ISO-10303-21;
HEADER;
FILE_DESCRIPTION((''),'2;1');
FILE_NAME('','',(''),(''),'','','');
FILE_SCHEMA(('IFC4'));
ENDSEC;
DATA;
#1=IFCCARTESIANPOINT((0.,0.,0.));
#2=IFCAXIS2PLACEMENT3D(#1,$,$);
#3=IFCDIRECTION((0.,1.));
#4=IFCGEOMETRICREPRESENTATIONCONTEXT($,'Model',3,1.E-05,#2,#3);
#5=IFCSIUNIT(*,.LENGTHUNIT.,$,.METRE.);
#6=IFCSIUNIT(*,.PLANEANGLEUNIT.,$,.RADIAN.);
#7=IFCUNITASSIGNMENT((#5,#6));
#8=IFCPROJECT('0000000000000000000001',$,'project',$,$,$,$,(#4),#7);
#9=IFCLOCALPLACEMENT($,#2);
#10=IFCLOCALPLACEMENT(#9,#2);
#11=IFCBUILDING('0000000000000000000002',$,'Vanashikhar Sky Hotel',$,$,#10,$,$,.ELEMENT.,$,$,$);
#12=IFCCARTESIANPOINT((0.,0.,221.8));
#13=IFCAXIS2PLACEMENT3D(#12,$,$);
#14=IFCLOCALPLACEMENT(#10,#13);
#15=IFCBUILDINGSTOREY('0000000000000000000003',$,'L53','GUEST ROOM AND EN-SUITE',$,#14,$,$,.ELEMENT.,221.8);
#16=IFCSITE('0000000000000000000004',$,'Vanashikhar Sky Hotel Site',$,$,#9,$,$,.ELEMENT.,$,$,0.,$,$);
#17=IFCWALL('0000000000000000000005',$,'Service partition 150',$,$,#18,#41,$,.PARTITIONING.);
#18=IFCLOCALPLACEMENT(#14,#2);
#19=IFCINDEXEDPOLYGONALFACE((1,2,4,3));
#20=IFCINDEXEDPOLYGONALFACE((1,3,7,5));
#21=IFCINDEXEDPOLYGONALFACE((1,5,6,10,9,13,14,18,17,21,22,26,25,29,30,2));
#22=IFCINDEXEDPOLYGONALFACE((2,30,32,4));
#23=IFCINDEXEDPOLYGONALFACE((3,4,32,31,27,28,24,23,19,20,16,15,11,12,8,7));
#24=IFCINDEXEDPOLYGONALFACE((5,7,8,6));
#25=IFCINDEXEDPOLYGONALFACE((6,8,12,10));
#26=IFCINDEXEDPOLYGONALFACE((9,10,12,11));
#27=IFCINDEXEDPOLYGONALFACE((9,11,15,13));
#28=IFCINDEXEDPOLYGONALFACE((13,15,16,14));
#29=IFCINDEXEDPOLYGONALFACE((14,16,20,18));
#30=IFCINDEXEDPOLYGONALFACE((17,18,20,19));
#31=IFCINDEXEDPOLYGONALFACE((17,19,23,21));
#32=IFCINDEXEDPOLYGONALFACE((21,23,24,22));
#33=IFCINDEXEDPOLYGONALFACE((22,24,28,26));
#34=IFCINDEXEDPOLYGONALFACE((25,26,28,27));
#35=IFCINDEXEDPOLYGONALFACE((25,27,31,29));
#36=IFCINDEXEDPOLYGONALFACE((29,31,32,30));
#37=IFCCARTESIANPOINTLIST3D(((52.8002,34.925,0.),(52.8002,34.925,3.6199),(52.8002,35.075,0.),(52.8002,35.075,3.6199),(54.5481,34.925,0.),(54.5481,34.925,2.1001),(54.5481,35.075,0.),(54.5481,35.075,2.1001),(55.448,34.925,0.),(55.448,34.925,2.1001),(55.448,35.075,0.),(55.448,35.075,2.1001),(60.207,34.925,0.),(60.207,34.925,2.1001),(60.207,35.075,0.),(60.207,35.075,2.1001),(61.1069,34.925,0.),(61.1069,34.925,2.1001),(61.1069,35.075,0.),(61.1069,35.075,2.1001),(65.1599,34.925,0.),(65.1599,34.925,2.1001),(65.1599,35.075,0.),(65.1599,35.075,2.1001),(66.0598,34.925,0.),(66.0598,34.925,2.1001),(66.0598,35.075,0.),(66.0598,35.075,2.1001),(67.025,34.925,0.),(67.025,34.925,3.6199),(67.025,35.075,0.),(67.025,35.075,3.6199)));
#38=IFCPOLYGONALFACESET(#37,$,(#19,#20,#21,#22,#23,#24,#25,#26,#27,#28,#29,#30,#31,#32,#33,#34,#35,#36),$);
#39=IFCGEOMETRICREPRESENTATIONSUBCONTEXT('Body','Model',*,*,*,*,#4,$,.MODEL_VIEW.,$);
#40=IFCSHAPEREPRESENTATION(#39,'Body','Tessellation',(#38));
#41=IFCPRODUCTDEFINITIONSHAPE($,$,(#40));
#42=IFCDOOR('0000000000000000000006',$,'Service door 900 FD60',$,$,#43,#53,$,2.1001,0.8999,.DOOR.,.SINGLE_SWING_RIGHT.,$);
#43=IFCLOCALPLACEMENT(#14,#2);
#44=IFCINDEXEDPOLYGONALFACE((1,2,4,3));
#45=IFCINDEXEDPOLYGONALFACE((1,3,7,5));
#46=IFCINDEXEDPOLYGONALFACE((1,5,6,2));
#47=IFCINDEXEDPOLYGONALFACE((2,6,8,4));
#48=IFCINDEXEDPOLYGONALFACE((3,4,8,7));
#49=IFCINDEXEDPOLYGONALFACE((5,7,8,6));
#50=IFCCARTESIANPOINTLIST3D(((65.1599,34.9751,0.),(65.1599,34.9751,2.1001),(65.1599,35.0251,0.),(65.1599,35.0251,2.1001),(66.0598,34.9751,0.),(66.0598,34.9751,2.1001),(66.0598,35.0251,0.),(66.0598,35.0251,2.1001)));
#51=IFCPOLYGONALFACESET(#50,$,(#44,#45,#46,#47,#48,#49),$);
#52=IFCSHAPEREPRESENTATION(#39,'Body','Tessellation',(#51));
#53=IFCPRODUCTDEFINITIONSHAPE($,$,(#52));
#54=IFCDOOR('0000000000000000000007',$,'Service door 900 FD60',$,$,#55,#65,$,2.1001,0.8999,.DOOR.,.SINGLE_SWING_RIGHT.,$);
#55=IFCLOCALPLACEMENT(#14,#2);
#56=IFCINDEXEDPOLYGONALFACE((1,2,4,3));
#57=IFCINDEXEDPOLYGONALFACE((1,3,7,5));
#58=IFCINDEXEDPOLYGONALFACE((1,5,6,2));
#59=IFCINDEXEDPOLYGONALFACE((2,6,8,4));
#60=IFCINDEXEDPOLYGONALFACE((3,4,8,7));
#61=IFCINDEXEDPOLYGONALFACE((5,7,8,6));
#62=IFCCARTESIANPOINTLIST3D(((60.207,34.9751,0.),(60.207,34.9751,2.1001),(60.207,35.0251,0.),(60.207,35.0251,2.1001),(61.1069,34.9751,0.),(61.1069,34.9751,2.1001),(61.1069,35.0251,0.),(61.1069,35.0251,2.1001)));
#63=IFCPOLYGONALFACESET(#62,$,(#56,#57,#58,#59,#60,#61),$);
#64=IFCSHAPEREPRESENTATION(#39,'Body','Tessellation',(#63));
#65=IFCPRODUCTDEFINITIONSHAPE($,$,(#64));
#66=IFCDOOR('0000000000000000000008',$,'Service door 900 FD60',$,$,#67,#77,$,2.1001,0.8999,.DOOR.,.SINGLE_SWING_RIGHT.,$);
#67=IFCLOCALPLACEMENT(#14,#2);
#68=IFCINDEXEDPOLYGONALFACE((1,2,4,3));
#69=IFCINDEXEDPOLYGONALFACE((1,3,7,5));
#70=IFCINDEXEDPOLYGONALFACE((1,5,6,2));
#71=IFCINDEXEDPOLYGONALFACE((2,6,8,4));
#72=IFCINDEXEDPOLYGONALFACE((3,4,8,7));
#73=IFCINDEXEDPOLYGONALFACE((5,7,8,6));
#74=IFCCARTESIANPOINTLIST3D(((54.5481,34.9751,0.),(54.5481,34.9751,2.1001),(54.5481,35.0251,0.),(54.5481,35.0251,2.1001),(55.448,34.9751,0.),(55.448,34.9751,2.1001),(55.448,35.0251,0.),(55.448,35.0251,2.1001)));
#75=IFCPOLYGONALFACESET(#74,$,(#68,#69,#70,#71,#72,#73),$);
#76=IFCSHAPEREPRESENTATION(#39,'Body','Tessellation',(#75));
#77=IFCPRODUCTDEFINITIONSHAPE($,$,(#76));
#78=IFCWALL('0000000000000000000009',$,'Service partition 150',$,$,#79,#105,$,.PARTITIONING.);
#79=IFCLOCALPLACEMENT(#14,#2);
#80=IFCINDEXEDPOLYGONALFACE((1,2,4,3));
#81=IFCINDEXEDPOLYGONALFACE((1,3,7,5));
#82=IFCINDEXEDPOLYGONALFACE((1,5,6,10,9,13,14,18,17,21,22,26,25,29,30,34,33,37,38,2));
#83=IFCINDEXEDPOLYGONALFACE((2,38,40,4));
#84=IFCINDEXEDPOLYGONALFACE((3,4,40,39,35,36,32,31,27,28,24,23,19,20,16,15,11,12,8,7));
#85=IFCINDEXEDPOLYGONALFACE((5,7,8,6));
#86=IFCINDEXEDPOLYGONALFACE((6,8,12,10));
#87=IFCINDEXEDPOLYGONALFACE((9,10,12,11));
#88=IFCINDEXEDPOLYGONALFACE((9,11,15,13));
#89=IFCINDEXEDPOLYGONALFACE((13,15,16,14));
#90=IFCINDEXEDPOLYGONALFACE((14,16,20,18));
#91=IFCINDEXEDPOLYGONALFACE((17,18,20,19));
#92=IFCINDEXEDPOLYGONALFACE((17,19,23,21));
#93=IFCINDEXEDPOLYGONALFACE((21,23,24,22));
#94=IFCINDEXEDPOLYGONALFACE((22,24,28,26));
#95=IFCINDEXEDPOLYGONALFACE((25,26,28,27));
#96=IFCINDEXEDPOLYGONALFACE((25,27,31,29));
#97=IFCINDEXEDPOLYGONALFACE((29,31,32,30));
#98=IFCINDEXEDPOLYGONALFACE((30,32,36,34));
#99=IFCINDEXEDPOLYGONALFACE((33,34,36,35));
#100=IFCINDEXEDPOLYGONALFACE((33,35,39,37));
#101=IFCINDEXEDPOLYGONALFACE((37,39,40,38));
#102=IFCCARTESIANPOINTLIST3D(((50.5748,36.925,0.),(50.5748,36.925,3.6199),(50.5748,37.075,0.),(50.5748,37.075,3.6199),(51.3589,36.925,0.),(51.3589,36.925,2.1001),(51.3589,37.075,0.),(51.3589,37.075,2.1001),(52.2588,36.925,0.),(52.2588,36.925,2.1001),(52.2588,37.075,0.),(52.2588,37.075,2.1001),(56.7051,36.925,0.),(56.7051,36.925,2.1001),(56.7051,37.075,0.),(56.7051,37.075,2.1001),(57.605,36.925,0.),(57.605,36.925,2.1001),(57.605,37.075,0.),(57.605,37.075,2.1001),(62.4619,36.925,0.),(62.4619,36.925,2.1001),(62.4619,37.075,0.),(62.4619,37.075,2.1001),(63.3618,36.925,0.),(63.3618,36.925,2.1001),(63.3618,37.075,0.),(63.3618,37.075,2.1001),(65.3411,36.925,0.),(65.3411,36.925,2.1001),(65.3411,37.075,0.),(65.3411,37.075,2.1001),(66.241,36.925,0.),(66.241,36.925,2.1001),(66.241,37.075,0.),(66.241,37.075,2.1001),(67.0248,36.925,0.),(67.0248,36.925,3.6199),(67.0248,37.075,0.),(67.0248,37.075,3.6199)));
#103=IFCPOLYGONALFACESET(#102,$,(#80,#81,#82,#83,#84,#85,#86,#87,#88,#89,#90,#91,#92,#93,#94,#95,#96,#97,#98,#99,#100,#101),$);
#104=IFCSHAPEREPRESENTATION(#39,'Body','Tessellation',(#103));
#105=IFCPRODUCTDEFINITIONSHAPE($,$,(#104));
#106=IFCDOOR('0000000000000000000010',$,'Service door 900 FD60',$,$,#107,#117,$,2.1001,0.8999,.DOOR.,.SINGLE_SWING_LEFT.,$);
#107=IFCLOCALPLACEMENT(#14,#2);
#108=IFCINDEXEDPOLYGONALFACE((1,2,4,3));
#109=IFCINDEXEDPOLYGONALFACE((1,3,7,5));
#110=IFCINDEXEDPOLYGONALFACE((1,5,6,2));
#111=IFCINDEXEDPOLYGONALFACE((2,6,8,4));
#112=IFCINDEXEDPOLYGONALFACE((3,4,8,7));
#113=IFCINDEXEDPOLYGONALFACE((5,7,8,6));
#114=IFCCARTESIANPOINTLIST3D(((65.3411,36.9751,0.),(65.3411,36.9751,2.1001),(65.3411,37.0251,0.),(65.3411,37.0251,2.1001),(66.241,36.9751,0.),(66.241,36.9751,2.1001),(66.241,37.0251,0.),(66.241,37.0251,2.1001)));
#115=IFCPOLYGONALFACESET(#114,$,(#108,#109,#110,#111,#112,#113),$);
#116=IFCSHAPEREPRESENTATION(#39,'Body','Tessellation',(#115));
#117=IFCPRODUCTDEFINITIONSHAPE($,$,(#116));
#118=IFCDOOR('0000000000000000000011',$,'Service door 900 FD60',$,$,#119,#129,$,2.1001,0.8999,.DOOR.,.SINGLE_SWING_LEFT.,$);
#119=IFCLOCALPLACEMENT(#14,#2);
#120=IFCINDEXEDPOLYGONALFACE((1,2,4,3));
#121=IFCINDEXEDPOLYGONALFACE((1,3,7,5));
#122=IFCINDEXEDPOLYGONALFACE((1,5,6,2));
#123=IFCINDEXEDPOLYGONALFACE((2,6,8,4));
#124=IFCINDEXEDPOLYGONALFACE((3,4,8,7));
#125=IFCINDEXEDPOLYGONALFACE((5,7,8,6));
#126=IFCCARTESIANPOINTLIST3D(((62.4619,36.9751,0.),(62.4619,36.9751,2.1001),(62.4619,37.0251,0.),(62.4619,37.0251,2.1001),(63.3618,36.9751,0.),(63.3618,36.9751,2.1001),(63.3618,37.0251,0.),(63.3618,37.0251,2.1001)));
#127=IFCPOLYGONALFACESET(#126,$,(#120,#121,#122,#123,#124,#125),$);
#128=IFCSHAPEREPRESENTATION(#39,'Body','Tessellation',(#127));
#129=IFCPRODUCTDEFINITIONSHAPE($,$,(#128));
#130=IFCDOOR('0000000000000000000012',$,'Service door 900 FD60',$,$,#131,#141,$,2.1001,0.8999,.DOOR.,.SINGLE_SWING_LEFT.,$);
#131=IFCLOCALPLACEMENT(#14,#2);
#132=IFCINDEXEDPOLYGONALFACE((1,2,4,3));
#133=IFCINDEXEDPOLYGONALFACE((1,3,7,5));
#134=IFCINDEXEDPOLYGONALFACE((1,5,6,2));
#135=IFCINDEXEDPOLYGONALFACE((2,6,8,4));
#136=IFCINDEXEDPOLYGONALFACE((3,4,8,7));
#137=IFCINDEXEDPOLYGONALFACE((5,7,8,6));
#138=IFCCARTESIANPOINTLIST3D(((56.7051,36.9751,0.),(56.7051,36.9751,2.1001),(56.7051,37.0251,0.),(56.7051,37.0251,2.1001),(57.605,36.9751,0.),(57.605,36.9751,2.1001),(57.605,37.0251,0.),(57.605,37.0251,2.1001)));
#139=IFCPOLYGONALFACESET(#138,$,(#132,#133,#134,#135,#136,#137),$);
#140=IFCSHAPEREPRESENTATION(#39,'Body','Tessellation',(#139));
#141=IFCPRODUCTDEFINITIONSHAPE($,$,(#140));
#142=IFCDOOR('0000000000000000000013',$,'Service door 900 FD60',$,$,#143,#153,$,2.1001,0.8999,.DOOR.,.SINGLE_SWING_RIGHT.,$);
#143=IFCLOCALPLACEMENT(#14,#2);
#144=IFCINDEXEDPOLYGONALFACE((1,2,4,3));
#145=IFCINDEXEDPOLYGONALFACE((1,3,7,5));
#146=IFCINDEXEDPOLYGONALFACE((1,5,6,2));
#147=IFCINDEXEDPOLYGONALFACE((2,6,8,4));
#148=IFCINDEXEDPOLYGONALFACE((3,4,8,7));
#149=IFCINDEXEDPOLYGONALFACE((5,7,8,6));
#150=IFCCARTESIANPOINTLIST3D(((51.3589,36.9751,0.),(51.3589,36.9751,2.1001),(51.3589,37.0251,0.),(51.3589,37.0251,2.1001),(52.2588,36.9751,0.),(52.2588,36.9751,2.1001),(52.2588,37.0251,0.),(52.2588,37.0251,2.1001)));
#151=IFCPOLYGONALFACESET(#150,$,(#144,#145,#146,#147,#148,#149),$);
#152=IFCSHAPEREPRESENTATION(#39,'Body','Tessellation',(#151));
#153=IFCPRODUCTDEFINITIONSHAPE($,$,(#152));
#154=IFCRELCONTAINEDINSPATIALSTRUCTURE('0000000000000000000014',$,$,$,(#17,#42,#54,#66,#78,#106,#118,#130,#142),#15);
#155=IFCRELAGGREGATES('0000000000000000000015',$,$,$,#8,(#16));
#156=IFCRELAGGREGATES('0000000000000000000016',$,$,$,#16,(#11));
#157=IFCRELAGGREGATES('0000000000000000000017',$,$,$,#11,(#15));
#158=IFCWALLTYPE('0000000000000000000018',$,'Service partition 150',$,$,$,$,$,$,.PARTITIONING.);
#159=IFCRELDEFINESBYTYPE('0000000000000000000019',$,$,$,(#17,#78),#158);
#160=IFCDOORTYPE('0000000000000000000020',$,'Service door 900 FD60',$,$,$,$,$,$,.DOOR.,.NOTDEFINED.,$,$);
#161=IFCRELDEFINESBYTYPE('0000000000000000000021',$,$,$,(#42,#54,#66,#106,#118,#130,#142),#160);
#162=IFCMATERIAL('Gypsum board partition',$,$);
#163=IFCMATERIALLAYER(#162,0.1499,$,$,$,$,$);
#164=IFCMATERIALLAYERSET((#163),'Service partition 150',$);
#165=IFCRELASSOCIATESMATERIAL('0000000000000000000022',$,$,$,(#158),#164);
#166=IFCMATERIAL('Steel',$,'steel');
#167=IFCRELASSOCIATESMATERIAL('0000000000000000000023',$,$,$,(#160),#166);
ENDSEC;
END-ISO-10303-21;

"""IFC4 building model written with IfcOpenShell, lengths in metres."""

from ifc_helpers import new_model, si_unit, direction, frame, frame_2d, origin, place, context, subcontext, project, spatial, rectangle, extrude, source, transform, mapped, material, layer, layer_set, type_object, element, fill, save


model = new_model("IFC4")

# Units and contexts
model_context = context("Model", 3, precision=1e-05, world=origin(), true_north=direction((0.0, 1.0)))
body_context = subcontext(model_context, "Body", "Model", "MODEL_VIEW")
ifc_project = project(units=[si_unit("LENGTHUNIT", "METRE"), si_unit("PLANEANGLEUNIT", "RADIAN")], contexts=[model_context])

# Site, building, storey
site_placement = place(None, origin())
site = spatial("IfcSite", under=ifc_project, at=site_placement, Name="Vanashikhar Sky Hotel Site", CompositionType="ELEMENT", RefElevation=0.0)
building_placement = place(site_placement, origin())
building = spatial("IfcBuilding", under=site, at=building_placement, Name="Vanashikhar Sky Hotel", CompositionType="ELEMENT")
storey_placement = place(building_placement, frame((0.0, 0.0, 221.8)))
storey = spatial("IfcBuildingStorey", under=building, at=storey_placement, Name="L53", Description="GUEST ROOM AND EN-SUITE", CompositionType="ELEMENT", Elevation=221.8)

# Shared definitions
ifc_material_1 = material(Name="Gypsum board partition")
ifc_layer_1 = layer(ifc_material_1, 0.1499)
ifc_layer_set_1 = layer_set([ifc_layer_1], Name="Service partition 150")
wall_type_1 = type_object("IfcWallType", Name="Service partition 150", PredefinedType="PARTITIONING", material=ifc_layer_set_1)

# Walls, openings, doors
shared_shape_1 = source(origin(), body_context, "Body", "SweptSolid", [
    extrude(rectangle(XDim=14.2249, YDim=0.1499, at=frame_2d((7.1123, 0.0))), origin(), (0.0, 0.0, 1.0), 3.6199),
])
wall_1_placement = place(storey_placement, frame((67.0249, 35.0, 0.0), z_axis=(0.0, 0.0, 1.0), x_axis=(-1.0, 0.0, 0.0)))
wall_1 = element("IfcWall", 1, at=wall_1_placement, inside=storey, type_object=wall_type_1, Name="Service partition 150", PredefinedType="PARTITIONING", context=body_context, shape_type="MappedRepresentation", body=[
    mapped(shared_shape_1, transform((0.0, 0.0, 0.0), scale=1.0)),
])
shared_shape_2 = source(origin(), body_context, "Body", "SweptSolid", [
    extrude(rectangle(XDim=0.8999, YDim=2.1001, at=frame_2d((0.45, 1.05))), frame((0.0, 0.085, 0.0), z_axis=(0.0, -1.0, 0.0), x_axis=(1.0, 0.0, 0.0)), (0.0, 0.0, 1.0), 0.1699),
])
opening_1_placement = place(wall_1_placement, frame((0.9651, 0.0, 0.0)))
opening_1 = element("IfcOpeningElement", 2, at=opening_1_placement, cuts=wall_1, PredefinedType="OPENING", context=body_context, shape_type="MappedRepresentation", body=[
    mapped(shared_shape_2, transform((0.0, 0.0, 0.0), scale=1.0)),
])
opening_2_placement = place(wall_1_placement, frame((5.918, 0.0, 0.0)))
opening_2 = element("IfcOpeningElement", 3, at=opening_2_placement, cuts=wall_1, PredefinedType="OPENING", context=body_context, shape_type="MappedRepresentation", body=[
    mapped(shared_shape_2, transform((0.0, 0.0, 0.0), scale=1.0)),
])
opening_3_placement = place(wall_1_placement, frame((11.5769, 0.0, 0.0)))
opening_3 = element("IfcOpeningElement", 4, at=opening_3_placement, cuts=wall_1, PredefinedType="OPENING", context=body_context, shape_type="MappedRepresentation", body=[
    mapped(shared_shape_2, transform((0.0, 0.0, 0.0), scale=1.0)),
])
ifc_material_2 = material(Name="Steel", Category="steel")
door_type_1 = type_object("IfcDoorType", Name="Service door 900 FD60", OperationType="NOTDEFINED", PredefinedType="DOOR", material=ifc_material_2)
shared_shape_3 = source(origin(), body_context, "Body", "SweptSolid", [
    extrude(rectangle(XDim=0.8999, YDim=2.1001, at=frame_2d((0.45, 1.05))), frame((0.0, 0.0249, 0.0), z_axis=(0.0, -1.0, 0.0), x_axis=(1.0, 0.0, 0.0)), (0.0, 0.0, 1.0), 0.05),
])
door_1_placement = place(opening_1_placement, origin())
door_1 = element("IfcDoor", 5, at=door_1_placement, inside=storey, type_object=door_type_1, Name="Service door 900 FD60", OperationType="SINGLE_SWING_RIGHT", OverallHeight=2.1001, OverallWidth=0.8999, PredefinedType="DOOR", context=body_context, shape_type="MappedRepresentation", body=[
    mapped(shared_shape_3, transform((0.0, 0.0, 0.0), scale=1.0)),
])
fill(opening_1, door_1)
door_2_placement = place(opening_2_placement, origin())
door_2 = element("IfcDoor", 6, at=door_2_placement, inside=storey, type_object=door_type_1, Name="Service door 900 FD60", OperationType="SINGLE_SWING_RIGHT", OverallHeight=2.1001, OverallWidth=0.8999, PredefinedType="DOOR", context=body_context, shape_type="MappedRepresentation", body=[
    mapped(shared_shape_3, transform((0.0, 0.0, 0.0), scale=1.0)),
])
fill(opening_2, door_2)
door_3_placement = place(opening_3_placement, origin())
door_3 = element("IfcDoor", 7, at=door_3_placement, inside=storey, type_object=door_type_1, Name="Service door 900 FD60", OperationType="SINGLE_SWING_RIGHT", OverallHeight=2.1001, OverallWidth=0.8999, PredefinedType="DOOR", context=body_context, shape_type="MappedRepresentation", body=[
    mapped(shared_shape_3, transform((0.0, 0.0, 0.0), scale=1.0)),
])
fill(opening_3, door_3)
shared_shape_4 = source(origin(), body_context, "Body", "SweptSolid", [
    extrude(rectangle(XDim=16.45, YDim=0.1499, at=frame_2d((8.2251, 0.0))), origin(), (0.0, 0.0, 1.0), 3.6199),
])
wall_2_placement = place(storey_placement, frame((67.0249, 37.0, 0.0), z_axis=(0.0, 0.0, 1.0), x_axis=(-1.0, 0.0, 0.0)))
wall_2 = element("IfcWall", 8, at=wall_2_placement, inside=storey, type_object=wall_type_1, Name="Service partition 150", PredefinedType="PARTITIONING", context=body_context, shape_type="MappedRepresentation", body=[
    mapped(shared_shape_4, transform((0.0, 0.0, 0.0), scale=1.0)),
])
opening_4_placement = place(wall_2_placement, frame((0.7839, 0.0, 0.0)))
opening_4 = element("IfcOpeningElement", 9, at=opening_4_placement, cuts=wall_2, PredefinedType="OPENING", context=body_context, shape_type="MappedRepresentation", body=[
    mapped(shared_shape_2, transform((0.0, 0.0, 0.0), scale=1.0)),
])
opening_5_placement = place(wall_2_placement, frame((3.6631, 0.0, 0.0)))
opening_5 = element("IfcOpeningElement", 10, at=opening_5_placement, cuts=wall_2, PredefinedType="OPENING", context=body_context, shape_type="MappedRepresentation", body=[
    mapped(shared_shape_2, transform((0.0, 0.0, 0.0), scale=1.0)),
])
opening_6_placement = place(wall_2_placement, frame((9.4199, 0.0, 0.0)))
opening_6 = element("IfcOpeningElement", 11, at=opening_6_placement, cuts=wall_2, PredefinedType="OPENING", context=body_context, shape_type="MappedRepresentation", body=[
    mapped(shared_shape_2, transform((0.0, 0.0, 0.0), scale=1.0)),
])
opening_7_placement = place(wall_2_placement, frame((14.7661, 0.0, 0.0)))
opening_7 = element("IfcOpeningElement", 12, at=opening_7_placement, cuts=wall_2, PredefinedType="OPENING", context=body_context, shape_type="MappedRepresentation", body=[
    mapped(shared_shape_2, transform((0.0, 0.0, 0.0), scale=1.0)),
])
door_4_placement = place(opening_4_placement, origin())
door_4 = element("IfcDoor", 13, at=door_4_placement, inside=storey, type_object=door_type_1, Name="Service door 900 FD60", OperationType="SINGLE_SWING_LEFT", OverallHeight=2.1001, OverallWidth=0.8999, PredefinedType="DOOR", context=body_context, shape_type="MappedRepresentation", body=[
    mapped(shared_shape_3, transform((0.0, 0.0, 0.0), scale=1.0)),
])
fill(opening_4, door_4)
door_5_placement = place(opening_5_placement, origin())
door_5 = element("IfcDoor", 14, at=door_5_placement, inside=storey, type_object=door_type_1, Name="Service door 900 FD60", OperationType="SINGLE_SWING_LEFT", OverallHeight=2.1001, OverallWidth=0.8999, PredefinedType="DOOR", context=body_context, shape_type="MappedRepresentation", body=[
    mapped(shared_shape_3, transform((0.0, 0.0, 0.0), scale=1.0)),
])
fill(opening_5, door_5)
door_6_placement = place(opening_6_placement, origin())
door_6 = element("IfcDoor", 15, at=door_6_placement, inside=storey, type_object=door_type_1, Name="Service door 900 FD60", OperationType="SINGLE_SWING_LEFT", OverallHeight=2.1001, OverallWidth=0.8999, PredefinedType="DOOR", context=body_context, shape_type="MappedRepresentation", body=[
    mapped(shared_shape_3, transform((0.0, 0.0, 0.0), scale=1.0)),
])
fill(opening_6, door_6)
door_7_placement = place(opening_7_placement, origin())
door_7 = element("IfcDoor", 16, at=door_7_placement, inside=storey, type_object=door_type_1, Name="Service door 900 FD60", OperationType="SINGLE_SWING_RIGHT", OverallHeight=2.1001, OverallWidth=0.8999, PredefinedType="DOOR", context=body_context, shape_type="MappedRepresentation", body=[
    mapped(shared_shape_3, transform((0.0, 0.0, 0.0), scale=1.0)),
])
fill(opening_7, door_7)

save(model, "model.ifc")
